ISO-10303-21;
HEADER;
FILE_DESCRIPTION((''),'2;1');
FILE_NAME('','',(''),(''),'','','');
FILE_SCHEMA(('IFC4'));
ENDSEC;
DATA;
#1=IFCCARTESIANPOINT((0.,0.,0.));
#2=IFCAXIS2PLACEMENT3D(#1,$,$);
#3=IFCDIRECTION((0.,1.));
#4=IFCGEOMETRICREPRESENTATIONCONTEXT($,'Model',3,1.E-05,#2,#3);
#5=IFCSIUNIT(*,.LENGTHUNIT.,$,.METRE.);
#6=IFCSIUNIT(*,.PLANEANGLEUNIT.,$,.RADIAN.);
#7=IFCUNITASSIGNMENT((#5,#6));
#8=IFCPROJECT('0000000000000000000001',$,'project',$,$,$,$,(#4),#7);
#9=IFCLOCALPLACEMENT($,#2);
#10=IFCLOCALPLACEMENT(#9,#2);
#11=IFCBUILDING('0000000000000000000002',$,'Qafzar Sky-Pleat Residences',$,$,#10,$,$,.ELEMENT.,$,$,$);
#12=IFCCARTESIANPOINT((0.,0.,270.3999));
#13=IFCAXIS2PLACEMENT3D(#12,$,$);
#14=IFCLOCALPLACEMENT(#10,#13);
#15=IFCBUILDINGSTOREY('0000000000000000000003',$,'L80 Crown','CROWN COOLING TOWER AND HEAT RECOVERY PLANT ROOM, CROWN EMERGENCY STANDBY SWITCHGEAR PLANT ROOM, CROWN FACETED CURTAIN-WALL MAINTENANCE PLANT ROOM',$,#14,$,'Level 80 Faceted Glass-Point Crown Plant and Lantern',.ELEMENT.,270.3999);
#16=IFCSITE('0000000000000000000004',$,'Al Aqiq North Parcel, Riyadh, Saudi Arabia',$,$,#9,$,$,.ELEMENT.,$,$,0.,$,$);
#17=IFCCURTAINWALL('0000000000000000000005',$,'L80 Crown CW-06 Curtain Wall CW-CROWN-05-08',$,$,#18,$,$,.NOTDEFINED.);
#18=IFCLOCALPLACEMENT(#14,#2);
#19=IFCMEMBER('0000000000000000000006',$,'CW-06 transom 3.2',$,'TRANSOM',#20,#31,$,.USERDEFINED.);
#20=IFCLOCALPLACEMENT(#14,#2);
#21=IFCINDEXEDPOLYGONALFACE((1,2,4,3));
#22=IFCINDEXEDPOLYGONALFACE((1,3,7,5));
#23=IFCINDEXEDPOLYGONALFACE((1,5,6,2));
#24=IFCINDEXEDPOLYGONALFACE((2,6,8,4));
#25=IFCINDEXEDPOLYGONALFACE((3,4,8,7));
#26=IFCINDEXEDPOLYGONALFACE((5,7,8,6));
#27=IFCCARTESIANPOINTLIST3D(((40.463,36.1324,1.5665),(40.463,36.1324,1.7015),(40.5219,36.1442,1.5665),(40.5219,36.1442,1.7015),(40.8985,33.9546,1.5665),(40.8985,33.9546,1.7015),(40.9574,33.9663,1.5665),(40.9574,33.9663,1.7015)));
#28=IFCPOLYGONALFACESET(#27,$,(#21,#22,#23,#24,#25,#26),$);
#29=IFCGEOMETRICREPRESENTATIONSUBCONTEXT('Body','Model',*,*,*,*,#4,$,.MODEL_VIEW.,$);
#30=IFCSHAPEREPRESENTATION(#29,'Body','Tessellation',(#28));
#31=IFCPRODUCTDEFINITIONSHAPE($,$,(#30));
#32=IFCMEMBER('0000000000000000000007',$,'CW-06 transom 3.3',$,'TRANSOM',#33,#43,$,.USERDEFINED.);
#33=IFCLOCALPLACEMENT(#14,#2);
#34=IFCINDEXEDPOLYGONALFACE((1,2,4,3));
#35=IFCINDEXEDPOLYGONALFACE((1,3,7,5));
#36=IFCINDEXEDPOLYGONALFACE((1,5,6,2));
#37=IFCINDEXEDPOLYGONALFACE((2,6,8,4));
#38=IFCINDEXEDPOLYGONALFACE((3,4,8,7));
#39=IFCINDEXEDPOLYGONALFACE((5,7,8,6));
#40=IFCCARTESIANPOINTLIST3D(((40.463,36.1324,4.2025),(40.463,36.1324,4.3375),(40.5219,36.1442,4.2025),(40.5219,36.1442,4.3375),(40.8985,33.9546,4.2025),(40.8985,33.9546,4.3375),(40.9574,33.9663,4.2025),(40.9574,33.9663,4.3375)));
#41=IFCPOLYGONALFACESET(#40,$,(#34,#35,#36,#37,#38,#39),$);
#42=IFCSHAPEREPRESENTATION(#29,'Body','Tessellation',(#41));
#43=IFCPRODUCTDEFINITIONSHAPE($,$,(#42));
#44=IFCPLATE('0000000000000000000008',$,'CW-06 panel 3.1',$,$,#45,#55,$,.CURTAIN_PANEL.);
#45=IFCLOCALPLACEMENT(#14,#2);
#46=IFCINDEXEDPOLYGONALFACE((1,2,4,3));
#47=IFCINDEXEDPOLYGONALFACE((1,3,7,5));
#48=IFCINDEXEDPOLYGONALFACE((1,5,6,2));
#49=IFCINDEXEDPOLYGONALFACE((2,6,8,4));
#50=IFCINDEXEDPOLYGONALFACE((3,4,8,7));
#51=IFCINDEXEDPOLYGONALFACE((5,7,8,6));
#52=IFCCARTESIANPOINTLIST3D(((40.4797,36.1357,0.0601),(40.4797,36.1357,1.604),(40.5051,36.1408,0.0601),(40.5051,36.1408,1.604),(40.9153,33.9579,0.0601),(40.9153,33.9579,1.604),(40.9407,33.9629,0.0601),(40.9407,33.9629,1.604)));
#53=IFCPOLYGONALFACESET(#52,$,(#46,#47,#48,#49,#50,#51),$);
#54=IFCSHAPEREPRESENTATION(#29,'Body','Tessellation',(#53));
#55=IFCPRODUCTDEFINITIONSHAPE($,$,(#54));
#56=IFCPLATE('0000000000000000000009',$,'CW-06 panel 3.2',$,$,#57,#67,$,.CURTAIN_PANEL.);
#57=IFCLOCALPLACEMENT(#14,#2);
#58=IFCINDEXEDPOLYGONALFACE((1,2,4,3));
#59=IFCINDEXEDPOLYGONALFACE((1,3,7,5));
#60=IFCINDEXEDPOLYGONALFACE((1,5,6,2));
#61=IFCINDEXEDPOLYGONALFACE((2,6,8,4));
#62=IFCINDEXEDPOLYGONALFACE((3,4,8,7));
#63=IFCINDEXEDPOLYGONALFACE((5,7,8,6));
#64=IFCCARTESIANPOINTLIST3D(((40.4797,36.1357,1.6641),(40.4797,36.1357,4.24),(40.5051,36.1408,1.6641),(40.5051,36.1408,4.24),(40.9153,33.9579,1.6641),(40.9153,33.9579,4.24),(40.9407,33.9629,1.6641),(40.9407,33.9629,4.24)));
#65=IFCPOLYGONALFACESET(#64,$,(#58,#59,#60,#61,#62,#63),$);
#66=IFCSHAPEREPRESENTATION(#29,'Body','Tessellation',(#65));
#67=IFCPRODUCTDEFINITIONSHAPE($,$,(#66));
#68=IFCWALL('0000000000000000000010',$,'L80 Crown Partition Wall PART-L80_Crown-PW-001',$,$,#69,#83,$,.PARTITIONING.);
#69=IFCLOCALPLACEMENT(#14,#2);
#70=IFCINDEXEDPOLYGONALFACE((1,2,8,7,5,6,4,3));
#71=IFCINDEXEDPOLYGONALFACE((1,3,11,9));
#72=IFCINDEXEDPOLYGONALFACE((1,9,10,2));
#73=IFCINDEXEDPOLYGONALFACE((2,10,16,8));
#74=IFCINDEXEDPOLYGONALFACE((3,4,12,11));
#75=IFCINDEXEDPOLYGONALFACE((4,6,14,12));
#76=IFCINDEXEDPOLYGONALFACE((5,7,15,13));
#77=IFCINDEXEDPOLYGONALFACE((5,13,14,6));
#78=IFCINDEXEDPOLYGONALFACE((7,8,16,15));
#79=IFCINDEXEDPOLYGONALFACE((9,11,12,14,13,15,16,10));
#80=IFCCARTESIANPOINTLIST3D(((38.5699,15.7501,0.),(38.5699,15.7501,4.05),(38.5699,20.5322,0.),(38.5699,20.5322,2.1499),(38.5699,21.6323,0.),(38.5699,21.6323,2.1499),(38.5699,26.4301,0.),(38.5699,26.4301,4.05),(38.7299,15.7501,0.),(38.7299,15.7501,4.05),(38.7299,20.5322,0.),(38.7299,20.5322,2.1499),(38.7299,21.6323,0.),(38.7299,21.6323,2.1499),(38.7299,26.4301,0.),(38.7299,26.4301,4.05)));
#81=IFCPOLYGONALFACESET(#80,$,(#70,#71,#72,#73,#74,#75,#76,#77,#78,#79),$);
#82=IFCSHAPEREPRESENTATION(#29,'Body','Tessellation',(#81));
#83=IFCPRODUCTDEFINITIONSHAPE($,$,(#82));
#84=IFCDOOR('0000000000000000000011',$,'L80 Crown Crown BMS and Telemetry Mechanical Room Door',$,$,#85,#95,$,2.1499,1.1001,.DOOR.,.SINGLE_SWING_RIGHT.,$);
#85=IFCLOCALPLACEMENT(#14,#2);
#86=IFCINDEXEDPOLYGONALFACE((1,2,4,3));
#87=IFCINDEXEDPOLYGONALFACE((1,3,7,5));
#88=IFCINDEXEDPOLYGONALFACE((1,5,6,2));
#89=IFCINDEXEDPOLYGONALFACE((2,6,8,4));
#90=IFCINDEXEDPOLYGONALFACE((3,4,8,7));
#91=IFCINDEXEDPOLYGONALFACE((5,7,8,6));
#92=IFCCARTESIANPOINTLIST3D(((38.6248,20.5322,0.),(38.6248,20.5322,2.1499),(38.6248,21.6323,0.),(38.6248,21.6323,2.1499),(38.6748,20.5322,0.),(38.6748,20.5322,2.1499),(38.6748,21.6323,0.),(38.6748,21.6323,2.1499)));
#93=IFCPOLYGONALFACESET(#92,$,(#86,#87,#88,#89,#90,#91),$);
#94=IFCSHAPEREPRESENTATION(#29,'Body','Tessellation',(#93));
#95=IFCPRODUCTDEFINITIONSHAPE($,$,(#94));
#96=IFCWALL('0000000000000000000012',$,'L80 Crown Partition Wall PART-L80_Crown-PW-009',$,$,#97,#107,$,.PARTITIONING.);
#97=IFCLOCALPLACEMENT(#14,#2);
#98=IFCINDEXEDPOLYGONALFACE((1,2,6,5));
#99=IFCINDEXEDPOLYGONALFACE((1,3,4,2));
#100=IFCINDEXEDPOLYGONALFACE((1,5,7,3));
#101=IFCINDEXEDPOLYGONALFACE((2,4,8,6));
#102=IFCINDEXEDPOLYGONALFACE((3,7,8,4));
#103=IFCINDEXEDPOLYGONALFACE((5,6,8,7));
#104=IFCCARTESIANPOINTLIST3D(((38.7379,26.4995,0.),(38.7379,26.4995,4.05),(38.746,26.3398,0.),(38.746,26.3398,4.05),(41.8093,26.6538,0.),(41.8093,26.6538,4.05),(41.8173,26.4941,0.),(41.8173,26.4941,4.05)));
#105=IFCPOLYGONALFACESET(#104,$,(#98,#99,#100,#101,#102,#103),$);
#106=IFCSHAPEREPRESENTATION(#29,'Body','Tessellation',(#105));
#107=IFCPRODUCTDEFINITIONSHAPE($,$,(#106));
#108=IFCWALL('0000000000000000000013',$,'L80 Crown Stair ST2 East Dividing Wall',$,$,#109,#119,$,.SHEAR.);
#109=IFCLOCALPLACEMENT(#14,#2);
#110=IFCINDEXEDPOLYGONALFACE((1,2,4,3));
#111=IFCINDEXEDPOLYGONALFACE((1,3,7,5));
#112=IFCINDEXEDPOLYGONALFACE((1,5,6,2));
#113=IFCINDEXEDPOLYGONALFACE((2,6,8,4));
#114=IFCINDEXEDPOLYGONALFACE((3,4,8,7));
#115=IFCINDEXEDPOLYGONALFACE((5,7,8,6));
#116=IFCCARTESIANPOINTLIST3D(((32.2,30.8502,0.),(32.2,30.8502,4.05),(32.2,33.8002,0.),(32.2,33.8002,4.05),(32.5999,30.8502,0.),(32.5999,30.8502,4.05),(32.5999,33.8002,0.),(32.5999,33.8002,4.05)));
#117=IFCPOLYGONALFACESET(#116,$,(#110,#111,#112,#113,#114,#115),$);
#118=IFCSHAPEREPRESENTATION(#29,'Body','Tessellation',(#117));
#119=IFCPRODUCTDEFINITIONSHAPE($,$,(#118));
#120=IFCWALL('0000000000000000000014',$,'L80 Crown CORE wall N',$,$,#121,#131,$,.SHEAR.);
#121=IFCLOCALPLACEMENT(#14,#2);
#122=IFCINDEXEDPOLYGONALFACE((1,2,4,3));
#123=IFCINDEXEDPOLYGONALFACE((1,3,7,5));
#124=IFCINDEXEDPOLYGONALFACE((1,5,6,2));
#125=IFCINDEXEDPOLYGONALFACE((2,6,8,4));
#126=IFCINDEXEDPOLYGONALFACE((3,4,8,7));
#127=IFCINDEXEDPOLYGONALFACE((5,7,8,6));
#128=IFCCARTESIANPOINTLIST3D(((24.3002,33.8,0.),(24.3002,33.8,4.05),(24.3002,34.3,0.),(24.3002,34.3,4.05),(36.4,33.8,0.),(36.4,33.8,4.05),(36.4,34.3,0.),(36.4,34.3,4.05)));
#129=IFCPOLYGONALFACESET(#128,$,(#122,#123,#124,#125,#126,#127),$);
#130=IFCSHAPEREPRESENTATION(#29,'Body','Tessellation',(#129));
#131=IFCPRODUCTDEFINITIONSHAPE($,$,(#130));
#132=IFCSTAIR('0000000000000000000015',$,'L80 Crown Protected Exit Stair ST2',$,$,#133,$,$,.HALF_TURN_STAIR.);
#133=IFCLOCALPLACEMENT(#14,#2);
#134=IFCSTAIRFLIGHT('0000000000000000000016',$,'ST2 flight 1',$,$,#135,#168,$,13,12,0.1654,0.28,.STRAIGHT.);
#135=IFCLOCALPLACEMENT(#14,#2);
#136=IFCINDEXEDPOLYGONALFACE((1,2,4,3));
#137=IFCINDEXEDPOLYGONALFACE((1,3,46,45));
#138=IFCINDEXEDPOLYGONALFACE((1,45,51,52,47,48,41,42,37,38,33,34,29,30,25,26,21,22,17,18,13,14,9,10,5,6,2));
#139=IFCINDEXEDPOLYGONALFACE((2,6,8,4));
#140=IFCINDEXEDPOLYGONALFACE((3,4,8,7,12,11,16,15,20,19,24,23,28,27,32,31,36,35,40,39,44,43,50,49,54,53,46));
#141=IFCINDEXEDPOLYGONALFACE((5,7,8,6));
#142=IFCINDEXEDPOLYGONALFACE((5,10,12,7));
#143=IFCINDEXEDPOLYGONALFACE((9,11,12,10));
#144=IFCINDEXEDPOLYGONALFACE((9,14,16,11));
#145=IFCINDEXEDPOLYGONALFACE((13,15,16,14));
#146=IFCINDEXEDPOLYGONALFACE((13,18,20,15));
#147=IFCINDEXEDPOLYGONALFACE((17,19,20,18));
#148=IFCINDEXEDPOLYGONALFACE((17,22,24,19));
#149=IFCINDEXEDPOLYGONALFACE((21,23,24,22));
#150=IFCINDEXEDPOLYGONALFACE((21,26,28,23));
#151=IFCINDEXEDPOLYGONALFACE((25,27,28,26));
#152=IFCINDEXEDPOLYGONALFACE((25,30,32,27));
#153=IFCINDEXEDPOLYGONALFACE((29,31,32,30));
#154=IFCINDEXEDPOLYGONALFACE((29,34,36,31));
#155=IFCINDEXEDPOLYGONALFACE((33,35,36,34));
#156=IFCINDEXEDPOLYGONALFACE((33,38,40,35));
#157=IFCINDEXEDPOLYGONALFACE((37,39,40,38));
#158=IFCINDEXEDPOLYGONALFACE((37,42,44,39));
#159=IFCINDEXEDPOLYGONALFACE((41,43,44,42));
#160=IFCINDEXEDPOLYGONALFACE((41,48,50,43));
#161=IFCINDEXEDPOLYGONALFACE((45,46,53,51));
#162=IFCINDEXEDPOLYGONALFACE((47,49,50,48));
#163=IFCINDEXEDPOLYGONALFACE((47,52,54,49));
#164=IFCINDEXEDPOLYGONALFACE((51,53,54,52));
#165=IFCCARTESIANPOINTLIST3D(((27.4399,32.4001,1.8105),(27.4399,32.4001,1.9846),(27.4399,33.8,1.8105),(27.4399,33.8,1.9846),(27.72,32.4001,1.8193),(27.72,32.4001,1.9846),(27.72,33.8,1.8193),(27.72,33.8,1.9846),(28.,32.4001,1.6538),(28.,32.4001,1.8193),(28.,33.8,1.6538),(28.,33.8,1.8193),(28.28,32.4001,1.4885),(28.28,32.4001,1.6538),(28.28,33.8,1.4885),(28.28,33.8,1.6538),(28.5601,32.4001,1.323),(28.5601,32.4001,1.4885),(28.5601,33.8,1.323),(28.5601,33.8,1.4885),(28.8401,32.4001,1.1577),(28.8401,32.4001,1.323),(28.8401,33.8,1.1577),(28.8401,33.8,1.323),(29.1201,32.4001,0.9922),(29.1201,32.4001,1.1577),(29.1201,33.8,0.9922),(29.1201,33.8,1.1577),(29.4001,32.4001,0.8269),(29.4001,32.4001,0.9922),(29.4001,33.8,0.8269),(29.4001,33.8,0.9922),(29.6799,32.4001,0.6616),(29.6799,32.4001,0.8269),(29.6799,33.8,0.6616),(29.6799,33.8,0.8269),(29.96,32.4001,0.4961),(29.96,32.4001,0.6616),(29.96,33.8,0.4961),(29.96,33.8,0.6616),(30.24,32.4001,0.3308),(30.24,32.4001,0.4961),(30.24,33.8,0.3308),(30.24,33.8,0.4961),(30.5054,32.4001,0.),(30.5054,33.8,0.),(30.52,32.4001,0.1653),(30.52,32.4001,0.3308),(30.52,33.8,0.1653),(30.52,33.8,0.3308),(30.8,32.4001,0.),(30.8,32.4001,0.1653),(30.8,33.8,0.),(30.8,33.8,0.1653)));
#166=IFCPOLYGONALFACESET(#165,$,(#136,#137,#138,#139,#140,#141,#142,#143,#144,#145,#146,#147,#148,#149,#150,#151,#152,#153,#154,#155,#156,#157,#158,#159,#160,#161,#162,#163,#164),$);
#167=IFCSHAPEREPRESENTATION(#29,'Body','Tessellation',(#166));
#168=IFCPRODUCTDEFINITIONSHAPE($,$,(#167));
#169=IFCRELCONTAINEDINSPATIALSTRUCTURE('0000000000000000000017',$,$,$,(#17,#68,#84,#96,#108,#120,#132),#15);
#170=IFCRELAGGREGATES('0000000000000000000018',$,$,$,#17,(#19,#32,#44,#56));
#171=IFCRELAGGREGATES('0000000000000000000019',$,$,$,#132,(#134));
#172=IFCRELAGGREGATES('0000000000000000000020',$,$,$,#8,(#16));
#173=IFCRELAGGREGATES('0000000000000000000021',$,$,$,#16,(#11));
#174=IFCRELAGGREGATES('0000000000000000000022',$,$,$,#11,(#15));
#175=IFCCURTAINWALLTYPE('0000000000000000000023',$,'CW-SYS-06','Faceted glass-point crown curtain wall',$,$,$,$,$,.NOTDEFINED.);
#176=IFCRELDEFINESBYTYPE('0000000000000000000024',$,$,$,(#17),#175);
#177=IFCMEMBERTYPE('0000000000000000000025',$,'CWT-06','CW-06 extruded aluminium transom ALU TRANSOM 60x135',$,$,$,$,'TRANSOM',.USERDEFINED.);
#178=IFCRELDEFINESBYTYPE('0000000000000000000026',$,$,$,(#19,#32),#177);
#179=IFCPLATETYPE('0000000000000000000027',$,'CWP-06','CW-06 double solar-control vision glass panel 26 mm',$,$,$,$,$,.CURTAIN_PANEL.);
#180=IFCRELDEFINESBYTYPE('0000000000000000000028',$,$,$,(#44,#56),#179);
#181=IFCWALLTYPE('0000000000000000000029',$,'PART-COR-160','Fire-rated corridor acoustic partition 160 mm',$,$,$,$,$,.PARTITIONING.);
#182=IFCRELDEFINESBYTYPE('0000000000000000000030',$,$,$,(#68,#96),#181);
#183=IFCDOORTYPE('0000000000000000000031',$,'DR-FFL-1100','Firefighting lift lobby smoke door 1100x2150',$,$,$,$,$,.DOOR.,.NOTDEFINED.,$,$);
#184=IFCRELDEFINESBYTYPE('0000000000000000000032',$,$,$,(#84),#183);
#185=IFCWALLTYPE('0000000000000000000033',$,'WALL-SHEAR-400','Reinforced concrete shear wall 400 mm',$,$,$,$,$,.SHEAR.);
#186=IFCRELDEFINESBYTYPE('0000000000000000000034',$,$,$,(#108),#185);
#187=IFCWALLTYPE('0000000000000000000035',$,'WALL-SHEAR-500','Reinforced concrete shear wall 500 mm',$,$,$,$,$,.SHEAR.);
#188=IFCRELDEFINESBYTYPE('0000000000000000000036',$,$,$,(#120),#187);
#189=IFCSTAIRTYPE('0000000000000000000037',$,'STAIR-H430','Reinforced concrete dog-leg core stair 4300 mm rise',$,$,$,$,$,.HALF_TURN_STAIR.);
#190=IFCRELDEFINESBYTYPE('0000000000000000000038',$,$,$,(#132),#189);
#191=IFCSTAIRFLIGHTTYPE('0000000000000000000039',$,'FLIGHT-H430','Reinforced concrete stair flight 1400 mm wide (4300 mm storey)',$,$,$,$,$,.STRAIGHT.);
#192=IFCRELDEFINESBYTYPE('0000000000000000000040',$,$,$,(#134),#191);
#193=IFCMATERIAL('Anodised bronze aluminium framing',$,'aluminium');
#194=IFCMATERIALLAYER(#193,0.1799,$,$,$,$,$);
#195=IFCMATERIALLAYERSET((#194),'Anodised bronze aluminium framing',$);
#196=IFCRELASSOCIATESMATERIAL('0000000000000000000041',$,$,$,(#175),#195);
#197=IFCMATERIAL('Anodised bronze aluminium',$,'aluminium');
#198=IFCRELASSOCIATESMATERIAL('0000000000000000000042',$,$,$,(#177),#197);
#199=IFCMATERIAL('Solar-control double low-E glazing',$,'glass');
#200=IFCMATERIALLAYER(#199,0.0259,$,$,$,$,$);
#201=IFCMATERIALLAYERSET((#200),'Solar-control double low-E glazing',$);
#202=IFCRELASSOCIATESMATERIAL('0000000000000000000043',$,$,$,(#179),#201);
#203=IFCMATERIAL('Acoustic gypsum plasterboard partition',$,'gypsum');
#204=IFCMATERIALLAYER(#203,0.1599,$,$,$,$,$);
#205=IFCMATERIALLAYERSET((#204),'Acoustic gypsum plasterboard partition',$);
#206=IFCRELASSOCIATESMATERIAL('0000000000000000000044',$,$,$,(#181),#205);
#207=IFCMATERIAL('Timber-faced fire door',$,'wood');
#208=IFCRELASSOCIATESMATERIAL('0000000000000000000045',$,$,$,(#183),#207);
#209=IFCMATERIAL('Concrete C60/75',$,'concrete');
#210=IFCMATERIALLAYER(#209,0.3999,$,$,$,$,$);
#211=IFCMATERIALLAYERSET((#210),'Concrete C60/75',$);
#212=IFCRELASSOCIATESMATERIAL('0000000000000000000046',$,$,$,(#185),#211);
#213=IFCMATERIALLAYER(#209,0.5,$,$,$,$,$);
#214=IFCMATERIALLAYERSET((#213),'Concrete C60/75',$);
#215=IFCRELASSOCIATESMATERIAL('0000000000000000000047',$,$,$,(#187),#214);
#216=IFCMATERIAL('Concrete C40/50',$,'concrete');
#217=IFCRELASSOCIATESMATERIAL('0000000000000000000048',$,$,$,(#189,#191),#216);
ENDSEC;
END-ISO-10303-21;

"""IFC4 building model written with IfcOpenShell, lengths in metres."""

from ifc_helpers import new_model, si_unit, direction, frame, frame_2d, origin, origin_2d, place, context, subcontext, project, spatial, polyline, rectangle, outline, extrude, source, transform, mapped, material, layer, layer_set, material_profile, profile_set, type_object, element, fill, aggregate, save


model = new_model("IFC4")

# Units and contexts
model_context = context("Model", 3, precision=1e-05, world=origin(), true_north=direction((0.0, 1.0)))
body_context = subcontext(model_context, "Body", "Model", "MODEL_VIEW")
ifc_project = project(units=[si_unit("LENGTHUNIT", "METRE"), si_unit("PLANEANGLEUNIT", "RADIAN")], contexts=[model_context])

# Site, building, storey
site_placement = place(None, origin())
site = spatial("IfcSite", under=ifc_project, at=site_placement, Name="Al Aqiq North Parcel, Riyadh, Saudi Arabia", CompositionType="ELEMENT", RefElevation=0.0)
building_placement = place(site_placement, origin())
building = spatial("IfcBuilding", under=site, at=building_placement, Name="Qafzar Sky-Pleat Residences", CompositionType="ELEMENT")
storey_placement = place(building_placement, frame((0.0, 0.0, 270.3999)))
storey = spatial("IfcBuildingStorey", under=building, at=storey_placement, Name="L80 Crown", Description="CROWN COOLING TOWER AND HEAT RECOVERY PLANT ROOM, CROWN EMERGENCY STANDBY SWITCHGEAR PLANT ROOM, CROWN FACETED CURTAIN-WALL MAINTENANCE PLANT ROOM", LongName="Level 80 Faceted Glass-Point Crown Plant and Lantern", CompositionType="ELEMENT", Elevation=270.3999)

# Curtain wall, members, plates
ifc_material_1 = material(Name="Anodised bronze aluminium framing", Category="aluminium")
ifc_layer_1 = layer(ifc_material_1, 0.1799)
ifc_layer_set_1 = layer_set([ifc_layer_1], Name="Anodised bronze aluminium framing")
curtain_wall_type = type_object("IfcCurtainWallType", Name="CW-SYS-06", Description="Faceted glass-point crown curtain wall", PredefinedType="NOTDEFINED", material=ifc_layer_set_1)
curtain_wall_placement = place(storey_placement, origin())
curtain_wall = element("IfcCurtainWall", 1, at=curtain_wall_placement, inside=storey, type_object=curtain_wall_type, Name="L80 Crown CW-06 Curtain Wall CW-CROWN-05-08", PredefinedType="NOTDEFINED")
ifc_material_2 = material(Name="Anodised bronze aluminium", Category="aluminium")
ifc_material_profile_1 = material_profile(ifc_material_2, rectangle(XDim=0.0601, YDim=0.135, at=origin_2d()), Name="ALU TRANSOM 60x135")
ifc_profile_set_1 = profile_set([ifc_material_profile_1], Name="Anodised bronze aluminium")
member_type_1 = type_object("IfcMemberType", Name="CWT-06", Description="CW-06 extruded aluminium transom ALU TRANSOM 60x135", ElementType="TRANSOM", PredefinedType="USERDEFINED", material=ifc_profile_set_1)
shared_shape_1 = source(origin(), body_context, "Body", "SweptSolid", [
    extrude(rectangle(XDim=0.0601, YDim=0.135, at=origin_2d()), origin(), (0.0, 0.0, 1.0), 2.2209),
])
member_1_placement = place(storey_placement, frame((40.928, 33.9604, 1.634), z_axis=(-0.196116, 0.980581, 0.0), x_axis=(-0.980581, -0.196116, 0.0)))
member_1 = element("IfcMember", 2, at=member_1_placement, type_object=member_type_1, Name="CW-06 transom 3.2", ObjectType="TRANSOM", PredefinedType="USERDEFINED", context=body_context, shape_type="MappedRepresentation", body=[
    mapped(shared_shape_1, transform((0.0, 0.0, 0.0), x_axis=(1.0, 0.0, 0.0), y_axis=(0.0, 1.0, 0.0), z_axis=(0.0, 0.0, 1.0), scale=1.0)),
])
member_2_placement = place(storey_placement, frame((40.928, 33.9604, 4.27), z_axis=(-0.196116, 0.980581, 0.0), x_axis=(-0.980581, -0.196116, 0.0)))
member_2 = element("IfcMember", 3, at=member_2_placement, type_object=member_type_1, Name="CW-06 transom 3.3", ObjectType="TRANSOM", PredefinedType="USERDEFINED", context=body_context, shape_type="MappedRepresentation", body=[
    mapped(shared_shape_1, transform((0.0, 0.0, 0.0), x_axis=(1.0, 0.0, 0.0), y_axis=(0.0, 1.0, 0.0), z_axis=(0.0, 0.0, 1.0), scale=1.0)),
])
ifc_material_3 = material(Name="Solar-control double low-E glazing", Category="glass")
ifc_layer_2 = layer(ifc_material_3, 0.0259)
ifc_layer_set_2 = layer_set([ifc_layer_2], Name="Solar-control double low-E glazing")
plate_type = type_object("IfcPlateType", Name="CWP-06", Description="CW-06 double solar-control vision glass panel 26 mm", PredefinedType="CURTAIN_PANEL", material=ifc_layer_set_2)
shared_shape_2 = source(origin(), body_context, "Body", "SweptSolid", [
    extrude(rectangle(XDim=2.2209, YDim=0.0259, at=origin_2d()), origin(), (0.0, 0.0, 1.0), 1.5439),
])
plate_1_placement = place(storey_placement, frame((40.7102, 35.0493, 0.0601), z_axis=(0.0, 0.0, 1.0), x_axis=(-0.196116, 0.980581, 0.0)))
plate_1 = element("IfcPlate", 4, at=plate_1_placement, type_object=plate_type, Name="CW-06 panel 3.1", PredefinedType="CURTAIN_PANEL", context=body_context, shape_type="MappedRepresentation", body=[
    mapped(shared_shape_2, transform((0.0, 0.0, 0.0), x_axis=(1.0, 0.0, 0.0), y_axis=(0.0, 1.0, 0.0), z_axis=(0.0, 0.0, 1.0), scale=1.0)),
])
shared_shape_3 = source(origin(), body_context, "Body", "SweptSolid", [
    extrude(rectangle(XDim=2.2209, YDim=0.0259, at=origin_2d()), origin(), (0.0, 0.0, 1.0), 2.5759),
])
plate_2_placement = place(storey_placement, frame((40.7102, 35.0493, 1.6641), z_axis=(0.0, 0.0, 1.0), x_axis=(-0.196116, 0.980581, 0.0)))
plate_2 = element("IfcPlate", 5, at=plate_2_placement, type_object=plate_type, Name="CW-06 panel 3.2", PredefinedType="CURTAIN_PANEL", context=body_context, shape_type="MappedRepresentation", body=[
    mapped(shared_shape_3, transform((0.0, 0.0, 0.0), x_axis=(1.0, 0.0, 0.0), y_axis=(0.0, 1.0, 0.0), z_axis=(0.0, 0.0, 1.0), scale=1.0)),
])
aggregate(curtain_wall, [member_1, member_2, plate_1, plate_2])

# Wall, opening, door
ifc_material_4 = material(Name="Acoustic gypsum plasterboard partition", Category="gypsum")
ifc_layer_3 = layer(ifc_material_4, 0.1599)
ifc_layer_set_3 = layer_set([ifc_layer_3], Name="Acoustic gypsum plasterboard partition")
wall_type_1 = type_object("IfcWallType", Name="PART-COR-160", Description="Fire-rated corridor acoustic partition 160 mm", PredefinedType="PARTITIONING", material=ifc_layer_set_3)
wall_1_placement = place(storey_placement, frame((38.6499, 26.4299, 0.0), z_axis=(0.0, 0.0, 1.0), x_axis=(0.0, -1.0, 0.0)))
wall_1 = element("IfcWall", 6, at=wall_1_placement, inside=storey, type_object=wall_type_1, Name="L80 Crown Partition Wall PART-L80_Crown-PW-001", PredefinedType="PARTITIONING", context=body_context, shape_type="SweptSolid", body=[
    extrude(rectangle(XDim=10.6799, YDim=0.1599, at=frame_2d((5.3398, 0.0))), origin(), (0.0, 0.0, 1.0), 4.05),
])
opening_placement = place(wall_1_placement, frame((4.7976, 0.0, 0.0)))
opening = element("IfcOpeningElement", 7, at=opening_placement, cuts=wall_1, PredefinedType="OPENING", context=body_context, shape_type="SweptSolid", body=[
    extrude(rectangle(XDim=1.1001, YDim=2.1499, at=frame_2d((0.55, 1.075))), frame((0.0, 0.0898, 0.0), z_axis=(0.0, -1.0, 0.0), x_axis=(1.0, 0.0, 0.0)), (0.0, 0.0, 1.0), 0.1799),
])
ifc_material_5 = material(Name="Timber-faced fire door", Category="wood")
door_type = type_object("IfcDoorType", Name="DR-FFL-1100", Description="Firefighting lift lobby smoke door 1100x2150", OperationType="NOTDEFINED", PredefinedType="DOOR", material=ifc_material_5)
shared_shape_4 = source(origin(), body_context, "Body", "SweptSolid", [
    extrude(rectangle(XDim=1.1001, YDim=2.1499, at=frame_2d((0.55, 1.075))), frame((0.0, 0.0249, 0.0), z_axis=(0.0, -1.0, 0.0), x_axis=(1.0, 0.0, 0.0)), (0.0, 0.0, 1.0), 0.05),
])
door_placement = place(opening_placement, origin())
door = element("IfcDoor", 8, at=door_placement, inside=storey, type_object=door_type, Name="L80 Crown Crown BMS and Telemetry Mechanical Room Door", OperationType="SINGLE_SWING_RIGHT", OverallHeight=2.1499, OverallWidth=1.1001, PredefinedType="DOOR", context=body_context, shape_type="MappedRepresentation", body=[
    mapped(shared_shape_4, transform((0.0, 0.0, 0.0), x_axis=(1.0, 0.0, 0.0), y_axis=(0.0, 1.0, 0.0), z_axis=(0.0, 0.0, 1.0), scale=1.0)),
])
fill(opening, door)

# Walls
wall_2_placement = place(storey_placement, frame((38.7419, 26.4197, 0.0), z_axis=(0.0, 0.0, 1.0), x_axis=(0.99874, 0.050175, 0.0)))
element("IfcWall", 9, at=wall_2_placement, inside=storey, type_object=wall_type_1, Name="L80 Crown Partition Wall PART-L80_Crown-PW-009", PredefinedType="PARTITIONING", context=body_context, shape_type="SweptSolid", body=[
    extrude(rectangle(XDim=3.0752, YDim=0.1599, at=frame_2d((1.5376, 0.0))), origin(), (0.0, 0.0, 1.0), 4.05),
])
ifc_material_6 = material(Name="Concrete C60/75", Category="concrete")
ifc_layer_4 = layer(ifc_material_6, 0.3999)
ifc_layer_set_4 = layer_set([ifc_layer_4], Name="Concrete C60/75")
wall_type_2 = type_object("IfcWallType", Name="WALL-SHEAR-400", Description="Reinforced concrete shear wall 400 mm", PredefinedType="SHEAR", material=ifc_layer_set_4)
wall_3_placement = place(storey_placement, frame((32.3999, 30.8501, 0.0), z_axis=(0.0, 0.0, 1.0), x_axis=(0.0, 1.0, 0.0)))
element("IfcWall", 10, at=wall_3_placement, inside=storey, type_object=wall_type_2, Name="L80 Crown Stair ST2 East Dividing Wall", PredefinedType="SHEAR", context=body_context, shape_type="SweptSolid", body=[
    extrude(rectangle(XDim=2.95, YDim=0.3999, at=frame_2d((1.4751, 0.0))), origin(), (0.0, 0.0, 1.0), 4.05),
])
ifc_layer_5 = layer(ifc_material_6, 0.5)
ifc_layer_set_5 = layer_set([ifc_layer_5], Name="Concrete C60/75")
wall_type_3 = type_object("IfcWallType", Name="WALL-SHEAR-500", Description="Reinforced concrete shear wall 500 mm", PredefinedType="SHEAR", material=ifc_layer_set_5)
wall_4_placement = place(storey_placement, frame((36.3999, 34.05, 0.0), z_axis=(0.0, 0.0, 1.0), x_axis=(-1.0, 0.0, 0.0)))
element("IfcWall", 11, at=wall_4_placement, inside=storey, type_object=wall_type_3, Name="L80 Crown CORE wall N", PredefinedType="SHEAR", context=body_context, shape_type="SweptSolid", body=[
    extrude(rectangle(XDim=12.0999, YDim=0.5, at=frame_2d((6.0498, 0.0))), origin(), (0.0, 0.0, 1.0), 4.05),
])

# Stair, stair flight
ifc_material_7 = material(Name="Concrete C40/50", Category="concrete")
stair_type = type_object("IfcStairType", Name="STAIR-H430", Description="Reinforced concrete dog-leg core stair 4300 mm rise", PredefinedType="HALF_TURN_STAIR", material=ifc_material_7)
stair_placement = place(storey_placement, origin())
stair = element("IfcStair", 12, at=stair_placement, inside=storey, type_object=stair_type, Name="L80 Crown Protected Exit Stair ST2", PredefinedType="HALF_TURN_STAIR")
stair_flight_type = type_object("IfcStairFlightType", Name="FLIGHT-H430", Description="Reinforced concrete stair flight 1400 mm wide (4300 mm storey)", PredefinedType="STRAIGHT", material=ifc_material_7)
shared_shape_5 = source(origin(), body_context, "Body", "SweptSolid", [
    extrude(outline(polyline([(0.0, 0.0), (0.0, 0.1653), (0.28, 0.1653), (0.28, 0.3308), (0.5601, 0.3308), (0.5601, 0.4961), (0.8401, 0.4961), (0.8401, 0.6616), (1.1201, 0.6616), (1.1201, 0.8269), (1.3999, 0.8269), (1.3999, 0.9922), (1.6799, 0.9922), (1.6799, 1.1577), (1.96, 1.1577), (1.96, 1.323), (2.24, 1.323), (2.24, 1.4885), (2.52, 1.4885), (2.52, 1.6538), (2.8, 1.6538), (2.8, 1.8193), (3.0801, 1.8193), (3.0801, 1.9846), (3.3601, 1.9846), (3.3601, 2.1499), (3.3601, 1.8105), (0.2947, 0.0), (0.0, 0.0)])), frame((0.0, 0.7, 0.0), z_axis=(0.0, -1.0, 0.0), x_axis=(1.0, 0.0, 0.0)), (0.0, 0.0, 1.0), 1.3999),
])
stair_flight_placement = place(storey_placement, frame((30.8, 33.1001, 0.0), z_axis=(0.0, 0.0, 1.0), x_axis=(-1.0, 0.0, 0.0)))
stair_flight = element("IfcStairFlight", 13, at=stair_flight_placement, type_object=stair_flight_type, Name="ST2 flight 1", NumberOfRisers=13, NumberOfTreads=12, PredefinedType="STRAIGHT", RiserHeight=0.1654, TreadLength=0.28, context=body_context, shape_type="MappedRepresentation", body=[
    mapped(shared_shape_5, transform((0.0, 0.0, 0.0), x_axis=(1.0, 0.0, 0.0), y_axis=(0.0, 1.0, 0.0), z_axis=(0.0, 0.0, 1.0), scale=1.0)),
])
aggregate(stair, [stair_flight])

save(model, "model.ifc")
